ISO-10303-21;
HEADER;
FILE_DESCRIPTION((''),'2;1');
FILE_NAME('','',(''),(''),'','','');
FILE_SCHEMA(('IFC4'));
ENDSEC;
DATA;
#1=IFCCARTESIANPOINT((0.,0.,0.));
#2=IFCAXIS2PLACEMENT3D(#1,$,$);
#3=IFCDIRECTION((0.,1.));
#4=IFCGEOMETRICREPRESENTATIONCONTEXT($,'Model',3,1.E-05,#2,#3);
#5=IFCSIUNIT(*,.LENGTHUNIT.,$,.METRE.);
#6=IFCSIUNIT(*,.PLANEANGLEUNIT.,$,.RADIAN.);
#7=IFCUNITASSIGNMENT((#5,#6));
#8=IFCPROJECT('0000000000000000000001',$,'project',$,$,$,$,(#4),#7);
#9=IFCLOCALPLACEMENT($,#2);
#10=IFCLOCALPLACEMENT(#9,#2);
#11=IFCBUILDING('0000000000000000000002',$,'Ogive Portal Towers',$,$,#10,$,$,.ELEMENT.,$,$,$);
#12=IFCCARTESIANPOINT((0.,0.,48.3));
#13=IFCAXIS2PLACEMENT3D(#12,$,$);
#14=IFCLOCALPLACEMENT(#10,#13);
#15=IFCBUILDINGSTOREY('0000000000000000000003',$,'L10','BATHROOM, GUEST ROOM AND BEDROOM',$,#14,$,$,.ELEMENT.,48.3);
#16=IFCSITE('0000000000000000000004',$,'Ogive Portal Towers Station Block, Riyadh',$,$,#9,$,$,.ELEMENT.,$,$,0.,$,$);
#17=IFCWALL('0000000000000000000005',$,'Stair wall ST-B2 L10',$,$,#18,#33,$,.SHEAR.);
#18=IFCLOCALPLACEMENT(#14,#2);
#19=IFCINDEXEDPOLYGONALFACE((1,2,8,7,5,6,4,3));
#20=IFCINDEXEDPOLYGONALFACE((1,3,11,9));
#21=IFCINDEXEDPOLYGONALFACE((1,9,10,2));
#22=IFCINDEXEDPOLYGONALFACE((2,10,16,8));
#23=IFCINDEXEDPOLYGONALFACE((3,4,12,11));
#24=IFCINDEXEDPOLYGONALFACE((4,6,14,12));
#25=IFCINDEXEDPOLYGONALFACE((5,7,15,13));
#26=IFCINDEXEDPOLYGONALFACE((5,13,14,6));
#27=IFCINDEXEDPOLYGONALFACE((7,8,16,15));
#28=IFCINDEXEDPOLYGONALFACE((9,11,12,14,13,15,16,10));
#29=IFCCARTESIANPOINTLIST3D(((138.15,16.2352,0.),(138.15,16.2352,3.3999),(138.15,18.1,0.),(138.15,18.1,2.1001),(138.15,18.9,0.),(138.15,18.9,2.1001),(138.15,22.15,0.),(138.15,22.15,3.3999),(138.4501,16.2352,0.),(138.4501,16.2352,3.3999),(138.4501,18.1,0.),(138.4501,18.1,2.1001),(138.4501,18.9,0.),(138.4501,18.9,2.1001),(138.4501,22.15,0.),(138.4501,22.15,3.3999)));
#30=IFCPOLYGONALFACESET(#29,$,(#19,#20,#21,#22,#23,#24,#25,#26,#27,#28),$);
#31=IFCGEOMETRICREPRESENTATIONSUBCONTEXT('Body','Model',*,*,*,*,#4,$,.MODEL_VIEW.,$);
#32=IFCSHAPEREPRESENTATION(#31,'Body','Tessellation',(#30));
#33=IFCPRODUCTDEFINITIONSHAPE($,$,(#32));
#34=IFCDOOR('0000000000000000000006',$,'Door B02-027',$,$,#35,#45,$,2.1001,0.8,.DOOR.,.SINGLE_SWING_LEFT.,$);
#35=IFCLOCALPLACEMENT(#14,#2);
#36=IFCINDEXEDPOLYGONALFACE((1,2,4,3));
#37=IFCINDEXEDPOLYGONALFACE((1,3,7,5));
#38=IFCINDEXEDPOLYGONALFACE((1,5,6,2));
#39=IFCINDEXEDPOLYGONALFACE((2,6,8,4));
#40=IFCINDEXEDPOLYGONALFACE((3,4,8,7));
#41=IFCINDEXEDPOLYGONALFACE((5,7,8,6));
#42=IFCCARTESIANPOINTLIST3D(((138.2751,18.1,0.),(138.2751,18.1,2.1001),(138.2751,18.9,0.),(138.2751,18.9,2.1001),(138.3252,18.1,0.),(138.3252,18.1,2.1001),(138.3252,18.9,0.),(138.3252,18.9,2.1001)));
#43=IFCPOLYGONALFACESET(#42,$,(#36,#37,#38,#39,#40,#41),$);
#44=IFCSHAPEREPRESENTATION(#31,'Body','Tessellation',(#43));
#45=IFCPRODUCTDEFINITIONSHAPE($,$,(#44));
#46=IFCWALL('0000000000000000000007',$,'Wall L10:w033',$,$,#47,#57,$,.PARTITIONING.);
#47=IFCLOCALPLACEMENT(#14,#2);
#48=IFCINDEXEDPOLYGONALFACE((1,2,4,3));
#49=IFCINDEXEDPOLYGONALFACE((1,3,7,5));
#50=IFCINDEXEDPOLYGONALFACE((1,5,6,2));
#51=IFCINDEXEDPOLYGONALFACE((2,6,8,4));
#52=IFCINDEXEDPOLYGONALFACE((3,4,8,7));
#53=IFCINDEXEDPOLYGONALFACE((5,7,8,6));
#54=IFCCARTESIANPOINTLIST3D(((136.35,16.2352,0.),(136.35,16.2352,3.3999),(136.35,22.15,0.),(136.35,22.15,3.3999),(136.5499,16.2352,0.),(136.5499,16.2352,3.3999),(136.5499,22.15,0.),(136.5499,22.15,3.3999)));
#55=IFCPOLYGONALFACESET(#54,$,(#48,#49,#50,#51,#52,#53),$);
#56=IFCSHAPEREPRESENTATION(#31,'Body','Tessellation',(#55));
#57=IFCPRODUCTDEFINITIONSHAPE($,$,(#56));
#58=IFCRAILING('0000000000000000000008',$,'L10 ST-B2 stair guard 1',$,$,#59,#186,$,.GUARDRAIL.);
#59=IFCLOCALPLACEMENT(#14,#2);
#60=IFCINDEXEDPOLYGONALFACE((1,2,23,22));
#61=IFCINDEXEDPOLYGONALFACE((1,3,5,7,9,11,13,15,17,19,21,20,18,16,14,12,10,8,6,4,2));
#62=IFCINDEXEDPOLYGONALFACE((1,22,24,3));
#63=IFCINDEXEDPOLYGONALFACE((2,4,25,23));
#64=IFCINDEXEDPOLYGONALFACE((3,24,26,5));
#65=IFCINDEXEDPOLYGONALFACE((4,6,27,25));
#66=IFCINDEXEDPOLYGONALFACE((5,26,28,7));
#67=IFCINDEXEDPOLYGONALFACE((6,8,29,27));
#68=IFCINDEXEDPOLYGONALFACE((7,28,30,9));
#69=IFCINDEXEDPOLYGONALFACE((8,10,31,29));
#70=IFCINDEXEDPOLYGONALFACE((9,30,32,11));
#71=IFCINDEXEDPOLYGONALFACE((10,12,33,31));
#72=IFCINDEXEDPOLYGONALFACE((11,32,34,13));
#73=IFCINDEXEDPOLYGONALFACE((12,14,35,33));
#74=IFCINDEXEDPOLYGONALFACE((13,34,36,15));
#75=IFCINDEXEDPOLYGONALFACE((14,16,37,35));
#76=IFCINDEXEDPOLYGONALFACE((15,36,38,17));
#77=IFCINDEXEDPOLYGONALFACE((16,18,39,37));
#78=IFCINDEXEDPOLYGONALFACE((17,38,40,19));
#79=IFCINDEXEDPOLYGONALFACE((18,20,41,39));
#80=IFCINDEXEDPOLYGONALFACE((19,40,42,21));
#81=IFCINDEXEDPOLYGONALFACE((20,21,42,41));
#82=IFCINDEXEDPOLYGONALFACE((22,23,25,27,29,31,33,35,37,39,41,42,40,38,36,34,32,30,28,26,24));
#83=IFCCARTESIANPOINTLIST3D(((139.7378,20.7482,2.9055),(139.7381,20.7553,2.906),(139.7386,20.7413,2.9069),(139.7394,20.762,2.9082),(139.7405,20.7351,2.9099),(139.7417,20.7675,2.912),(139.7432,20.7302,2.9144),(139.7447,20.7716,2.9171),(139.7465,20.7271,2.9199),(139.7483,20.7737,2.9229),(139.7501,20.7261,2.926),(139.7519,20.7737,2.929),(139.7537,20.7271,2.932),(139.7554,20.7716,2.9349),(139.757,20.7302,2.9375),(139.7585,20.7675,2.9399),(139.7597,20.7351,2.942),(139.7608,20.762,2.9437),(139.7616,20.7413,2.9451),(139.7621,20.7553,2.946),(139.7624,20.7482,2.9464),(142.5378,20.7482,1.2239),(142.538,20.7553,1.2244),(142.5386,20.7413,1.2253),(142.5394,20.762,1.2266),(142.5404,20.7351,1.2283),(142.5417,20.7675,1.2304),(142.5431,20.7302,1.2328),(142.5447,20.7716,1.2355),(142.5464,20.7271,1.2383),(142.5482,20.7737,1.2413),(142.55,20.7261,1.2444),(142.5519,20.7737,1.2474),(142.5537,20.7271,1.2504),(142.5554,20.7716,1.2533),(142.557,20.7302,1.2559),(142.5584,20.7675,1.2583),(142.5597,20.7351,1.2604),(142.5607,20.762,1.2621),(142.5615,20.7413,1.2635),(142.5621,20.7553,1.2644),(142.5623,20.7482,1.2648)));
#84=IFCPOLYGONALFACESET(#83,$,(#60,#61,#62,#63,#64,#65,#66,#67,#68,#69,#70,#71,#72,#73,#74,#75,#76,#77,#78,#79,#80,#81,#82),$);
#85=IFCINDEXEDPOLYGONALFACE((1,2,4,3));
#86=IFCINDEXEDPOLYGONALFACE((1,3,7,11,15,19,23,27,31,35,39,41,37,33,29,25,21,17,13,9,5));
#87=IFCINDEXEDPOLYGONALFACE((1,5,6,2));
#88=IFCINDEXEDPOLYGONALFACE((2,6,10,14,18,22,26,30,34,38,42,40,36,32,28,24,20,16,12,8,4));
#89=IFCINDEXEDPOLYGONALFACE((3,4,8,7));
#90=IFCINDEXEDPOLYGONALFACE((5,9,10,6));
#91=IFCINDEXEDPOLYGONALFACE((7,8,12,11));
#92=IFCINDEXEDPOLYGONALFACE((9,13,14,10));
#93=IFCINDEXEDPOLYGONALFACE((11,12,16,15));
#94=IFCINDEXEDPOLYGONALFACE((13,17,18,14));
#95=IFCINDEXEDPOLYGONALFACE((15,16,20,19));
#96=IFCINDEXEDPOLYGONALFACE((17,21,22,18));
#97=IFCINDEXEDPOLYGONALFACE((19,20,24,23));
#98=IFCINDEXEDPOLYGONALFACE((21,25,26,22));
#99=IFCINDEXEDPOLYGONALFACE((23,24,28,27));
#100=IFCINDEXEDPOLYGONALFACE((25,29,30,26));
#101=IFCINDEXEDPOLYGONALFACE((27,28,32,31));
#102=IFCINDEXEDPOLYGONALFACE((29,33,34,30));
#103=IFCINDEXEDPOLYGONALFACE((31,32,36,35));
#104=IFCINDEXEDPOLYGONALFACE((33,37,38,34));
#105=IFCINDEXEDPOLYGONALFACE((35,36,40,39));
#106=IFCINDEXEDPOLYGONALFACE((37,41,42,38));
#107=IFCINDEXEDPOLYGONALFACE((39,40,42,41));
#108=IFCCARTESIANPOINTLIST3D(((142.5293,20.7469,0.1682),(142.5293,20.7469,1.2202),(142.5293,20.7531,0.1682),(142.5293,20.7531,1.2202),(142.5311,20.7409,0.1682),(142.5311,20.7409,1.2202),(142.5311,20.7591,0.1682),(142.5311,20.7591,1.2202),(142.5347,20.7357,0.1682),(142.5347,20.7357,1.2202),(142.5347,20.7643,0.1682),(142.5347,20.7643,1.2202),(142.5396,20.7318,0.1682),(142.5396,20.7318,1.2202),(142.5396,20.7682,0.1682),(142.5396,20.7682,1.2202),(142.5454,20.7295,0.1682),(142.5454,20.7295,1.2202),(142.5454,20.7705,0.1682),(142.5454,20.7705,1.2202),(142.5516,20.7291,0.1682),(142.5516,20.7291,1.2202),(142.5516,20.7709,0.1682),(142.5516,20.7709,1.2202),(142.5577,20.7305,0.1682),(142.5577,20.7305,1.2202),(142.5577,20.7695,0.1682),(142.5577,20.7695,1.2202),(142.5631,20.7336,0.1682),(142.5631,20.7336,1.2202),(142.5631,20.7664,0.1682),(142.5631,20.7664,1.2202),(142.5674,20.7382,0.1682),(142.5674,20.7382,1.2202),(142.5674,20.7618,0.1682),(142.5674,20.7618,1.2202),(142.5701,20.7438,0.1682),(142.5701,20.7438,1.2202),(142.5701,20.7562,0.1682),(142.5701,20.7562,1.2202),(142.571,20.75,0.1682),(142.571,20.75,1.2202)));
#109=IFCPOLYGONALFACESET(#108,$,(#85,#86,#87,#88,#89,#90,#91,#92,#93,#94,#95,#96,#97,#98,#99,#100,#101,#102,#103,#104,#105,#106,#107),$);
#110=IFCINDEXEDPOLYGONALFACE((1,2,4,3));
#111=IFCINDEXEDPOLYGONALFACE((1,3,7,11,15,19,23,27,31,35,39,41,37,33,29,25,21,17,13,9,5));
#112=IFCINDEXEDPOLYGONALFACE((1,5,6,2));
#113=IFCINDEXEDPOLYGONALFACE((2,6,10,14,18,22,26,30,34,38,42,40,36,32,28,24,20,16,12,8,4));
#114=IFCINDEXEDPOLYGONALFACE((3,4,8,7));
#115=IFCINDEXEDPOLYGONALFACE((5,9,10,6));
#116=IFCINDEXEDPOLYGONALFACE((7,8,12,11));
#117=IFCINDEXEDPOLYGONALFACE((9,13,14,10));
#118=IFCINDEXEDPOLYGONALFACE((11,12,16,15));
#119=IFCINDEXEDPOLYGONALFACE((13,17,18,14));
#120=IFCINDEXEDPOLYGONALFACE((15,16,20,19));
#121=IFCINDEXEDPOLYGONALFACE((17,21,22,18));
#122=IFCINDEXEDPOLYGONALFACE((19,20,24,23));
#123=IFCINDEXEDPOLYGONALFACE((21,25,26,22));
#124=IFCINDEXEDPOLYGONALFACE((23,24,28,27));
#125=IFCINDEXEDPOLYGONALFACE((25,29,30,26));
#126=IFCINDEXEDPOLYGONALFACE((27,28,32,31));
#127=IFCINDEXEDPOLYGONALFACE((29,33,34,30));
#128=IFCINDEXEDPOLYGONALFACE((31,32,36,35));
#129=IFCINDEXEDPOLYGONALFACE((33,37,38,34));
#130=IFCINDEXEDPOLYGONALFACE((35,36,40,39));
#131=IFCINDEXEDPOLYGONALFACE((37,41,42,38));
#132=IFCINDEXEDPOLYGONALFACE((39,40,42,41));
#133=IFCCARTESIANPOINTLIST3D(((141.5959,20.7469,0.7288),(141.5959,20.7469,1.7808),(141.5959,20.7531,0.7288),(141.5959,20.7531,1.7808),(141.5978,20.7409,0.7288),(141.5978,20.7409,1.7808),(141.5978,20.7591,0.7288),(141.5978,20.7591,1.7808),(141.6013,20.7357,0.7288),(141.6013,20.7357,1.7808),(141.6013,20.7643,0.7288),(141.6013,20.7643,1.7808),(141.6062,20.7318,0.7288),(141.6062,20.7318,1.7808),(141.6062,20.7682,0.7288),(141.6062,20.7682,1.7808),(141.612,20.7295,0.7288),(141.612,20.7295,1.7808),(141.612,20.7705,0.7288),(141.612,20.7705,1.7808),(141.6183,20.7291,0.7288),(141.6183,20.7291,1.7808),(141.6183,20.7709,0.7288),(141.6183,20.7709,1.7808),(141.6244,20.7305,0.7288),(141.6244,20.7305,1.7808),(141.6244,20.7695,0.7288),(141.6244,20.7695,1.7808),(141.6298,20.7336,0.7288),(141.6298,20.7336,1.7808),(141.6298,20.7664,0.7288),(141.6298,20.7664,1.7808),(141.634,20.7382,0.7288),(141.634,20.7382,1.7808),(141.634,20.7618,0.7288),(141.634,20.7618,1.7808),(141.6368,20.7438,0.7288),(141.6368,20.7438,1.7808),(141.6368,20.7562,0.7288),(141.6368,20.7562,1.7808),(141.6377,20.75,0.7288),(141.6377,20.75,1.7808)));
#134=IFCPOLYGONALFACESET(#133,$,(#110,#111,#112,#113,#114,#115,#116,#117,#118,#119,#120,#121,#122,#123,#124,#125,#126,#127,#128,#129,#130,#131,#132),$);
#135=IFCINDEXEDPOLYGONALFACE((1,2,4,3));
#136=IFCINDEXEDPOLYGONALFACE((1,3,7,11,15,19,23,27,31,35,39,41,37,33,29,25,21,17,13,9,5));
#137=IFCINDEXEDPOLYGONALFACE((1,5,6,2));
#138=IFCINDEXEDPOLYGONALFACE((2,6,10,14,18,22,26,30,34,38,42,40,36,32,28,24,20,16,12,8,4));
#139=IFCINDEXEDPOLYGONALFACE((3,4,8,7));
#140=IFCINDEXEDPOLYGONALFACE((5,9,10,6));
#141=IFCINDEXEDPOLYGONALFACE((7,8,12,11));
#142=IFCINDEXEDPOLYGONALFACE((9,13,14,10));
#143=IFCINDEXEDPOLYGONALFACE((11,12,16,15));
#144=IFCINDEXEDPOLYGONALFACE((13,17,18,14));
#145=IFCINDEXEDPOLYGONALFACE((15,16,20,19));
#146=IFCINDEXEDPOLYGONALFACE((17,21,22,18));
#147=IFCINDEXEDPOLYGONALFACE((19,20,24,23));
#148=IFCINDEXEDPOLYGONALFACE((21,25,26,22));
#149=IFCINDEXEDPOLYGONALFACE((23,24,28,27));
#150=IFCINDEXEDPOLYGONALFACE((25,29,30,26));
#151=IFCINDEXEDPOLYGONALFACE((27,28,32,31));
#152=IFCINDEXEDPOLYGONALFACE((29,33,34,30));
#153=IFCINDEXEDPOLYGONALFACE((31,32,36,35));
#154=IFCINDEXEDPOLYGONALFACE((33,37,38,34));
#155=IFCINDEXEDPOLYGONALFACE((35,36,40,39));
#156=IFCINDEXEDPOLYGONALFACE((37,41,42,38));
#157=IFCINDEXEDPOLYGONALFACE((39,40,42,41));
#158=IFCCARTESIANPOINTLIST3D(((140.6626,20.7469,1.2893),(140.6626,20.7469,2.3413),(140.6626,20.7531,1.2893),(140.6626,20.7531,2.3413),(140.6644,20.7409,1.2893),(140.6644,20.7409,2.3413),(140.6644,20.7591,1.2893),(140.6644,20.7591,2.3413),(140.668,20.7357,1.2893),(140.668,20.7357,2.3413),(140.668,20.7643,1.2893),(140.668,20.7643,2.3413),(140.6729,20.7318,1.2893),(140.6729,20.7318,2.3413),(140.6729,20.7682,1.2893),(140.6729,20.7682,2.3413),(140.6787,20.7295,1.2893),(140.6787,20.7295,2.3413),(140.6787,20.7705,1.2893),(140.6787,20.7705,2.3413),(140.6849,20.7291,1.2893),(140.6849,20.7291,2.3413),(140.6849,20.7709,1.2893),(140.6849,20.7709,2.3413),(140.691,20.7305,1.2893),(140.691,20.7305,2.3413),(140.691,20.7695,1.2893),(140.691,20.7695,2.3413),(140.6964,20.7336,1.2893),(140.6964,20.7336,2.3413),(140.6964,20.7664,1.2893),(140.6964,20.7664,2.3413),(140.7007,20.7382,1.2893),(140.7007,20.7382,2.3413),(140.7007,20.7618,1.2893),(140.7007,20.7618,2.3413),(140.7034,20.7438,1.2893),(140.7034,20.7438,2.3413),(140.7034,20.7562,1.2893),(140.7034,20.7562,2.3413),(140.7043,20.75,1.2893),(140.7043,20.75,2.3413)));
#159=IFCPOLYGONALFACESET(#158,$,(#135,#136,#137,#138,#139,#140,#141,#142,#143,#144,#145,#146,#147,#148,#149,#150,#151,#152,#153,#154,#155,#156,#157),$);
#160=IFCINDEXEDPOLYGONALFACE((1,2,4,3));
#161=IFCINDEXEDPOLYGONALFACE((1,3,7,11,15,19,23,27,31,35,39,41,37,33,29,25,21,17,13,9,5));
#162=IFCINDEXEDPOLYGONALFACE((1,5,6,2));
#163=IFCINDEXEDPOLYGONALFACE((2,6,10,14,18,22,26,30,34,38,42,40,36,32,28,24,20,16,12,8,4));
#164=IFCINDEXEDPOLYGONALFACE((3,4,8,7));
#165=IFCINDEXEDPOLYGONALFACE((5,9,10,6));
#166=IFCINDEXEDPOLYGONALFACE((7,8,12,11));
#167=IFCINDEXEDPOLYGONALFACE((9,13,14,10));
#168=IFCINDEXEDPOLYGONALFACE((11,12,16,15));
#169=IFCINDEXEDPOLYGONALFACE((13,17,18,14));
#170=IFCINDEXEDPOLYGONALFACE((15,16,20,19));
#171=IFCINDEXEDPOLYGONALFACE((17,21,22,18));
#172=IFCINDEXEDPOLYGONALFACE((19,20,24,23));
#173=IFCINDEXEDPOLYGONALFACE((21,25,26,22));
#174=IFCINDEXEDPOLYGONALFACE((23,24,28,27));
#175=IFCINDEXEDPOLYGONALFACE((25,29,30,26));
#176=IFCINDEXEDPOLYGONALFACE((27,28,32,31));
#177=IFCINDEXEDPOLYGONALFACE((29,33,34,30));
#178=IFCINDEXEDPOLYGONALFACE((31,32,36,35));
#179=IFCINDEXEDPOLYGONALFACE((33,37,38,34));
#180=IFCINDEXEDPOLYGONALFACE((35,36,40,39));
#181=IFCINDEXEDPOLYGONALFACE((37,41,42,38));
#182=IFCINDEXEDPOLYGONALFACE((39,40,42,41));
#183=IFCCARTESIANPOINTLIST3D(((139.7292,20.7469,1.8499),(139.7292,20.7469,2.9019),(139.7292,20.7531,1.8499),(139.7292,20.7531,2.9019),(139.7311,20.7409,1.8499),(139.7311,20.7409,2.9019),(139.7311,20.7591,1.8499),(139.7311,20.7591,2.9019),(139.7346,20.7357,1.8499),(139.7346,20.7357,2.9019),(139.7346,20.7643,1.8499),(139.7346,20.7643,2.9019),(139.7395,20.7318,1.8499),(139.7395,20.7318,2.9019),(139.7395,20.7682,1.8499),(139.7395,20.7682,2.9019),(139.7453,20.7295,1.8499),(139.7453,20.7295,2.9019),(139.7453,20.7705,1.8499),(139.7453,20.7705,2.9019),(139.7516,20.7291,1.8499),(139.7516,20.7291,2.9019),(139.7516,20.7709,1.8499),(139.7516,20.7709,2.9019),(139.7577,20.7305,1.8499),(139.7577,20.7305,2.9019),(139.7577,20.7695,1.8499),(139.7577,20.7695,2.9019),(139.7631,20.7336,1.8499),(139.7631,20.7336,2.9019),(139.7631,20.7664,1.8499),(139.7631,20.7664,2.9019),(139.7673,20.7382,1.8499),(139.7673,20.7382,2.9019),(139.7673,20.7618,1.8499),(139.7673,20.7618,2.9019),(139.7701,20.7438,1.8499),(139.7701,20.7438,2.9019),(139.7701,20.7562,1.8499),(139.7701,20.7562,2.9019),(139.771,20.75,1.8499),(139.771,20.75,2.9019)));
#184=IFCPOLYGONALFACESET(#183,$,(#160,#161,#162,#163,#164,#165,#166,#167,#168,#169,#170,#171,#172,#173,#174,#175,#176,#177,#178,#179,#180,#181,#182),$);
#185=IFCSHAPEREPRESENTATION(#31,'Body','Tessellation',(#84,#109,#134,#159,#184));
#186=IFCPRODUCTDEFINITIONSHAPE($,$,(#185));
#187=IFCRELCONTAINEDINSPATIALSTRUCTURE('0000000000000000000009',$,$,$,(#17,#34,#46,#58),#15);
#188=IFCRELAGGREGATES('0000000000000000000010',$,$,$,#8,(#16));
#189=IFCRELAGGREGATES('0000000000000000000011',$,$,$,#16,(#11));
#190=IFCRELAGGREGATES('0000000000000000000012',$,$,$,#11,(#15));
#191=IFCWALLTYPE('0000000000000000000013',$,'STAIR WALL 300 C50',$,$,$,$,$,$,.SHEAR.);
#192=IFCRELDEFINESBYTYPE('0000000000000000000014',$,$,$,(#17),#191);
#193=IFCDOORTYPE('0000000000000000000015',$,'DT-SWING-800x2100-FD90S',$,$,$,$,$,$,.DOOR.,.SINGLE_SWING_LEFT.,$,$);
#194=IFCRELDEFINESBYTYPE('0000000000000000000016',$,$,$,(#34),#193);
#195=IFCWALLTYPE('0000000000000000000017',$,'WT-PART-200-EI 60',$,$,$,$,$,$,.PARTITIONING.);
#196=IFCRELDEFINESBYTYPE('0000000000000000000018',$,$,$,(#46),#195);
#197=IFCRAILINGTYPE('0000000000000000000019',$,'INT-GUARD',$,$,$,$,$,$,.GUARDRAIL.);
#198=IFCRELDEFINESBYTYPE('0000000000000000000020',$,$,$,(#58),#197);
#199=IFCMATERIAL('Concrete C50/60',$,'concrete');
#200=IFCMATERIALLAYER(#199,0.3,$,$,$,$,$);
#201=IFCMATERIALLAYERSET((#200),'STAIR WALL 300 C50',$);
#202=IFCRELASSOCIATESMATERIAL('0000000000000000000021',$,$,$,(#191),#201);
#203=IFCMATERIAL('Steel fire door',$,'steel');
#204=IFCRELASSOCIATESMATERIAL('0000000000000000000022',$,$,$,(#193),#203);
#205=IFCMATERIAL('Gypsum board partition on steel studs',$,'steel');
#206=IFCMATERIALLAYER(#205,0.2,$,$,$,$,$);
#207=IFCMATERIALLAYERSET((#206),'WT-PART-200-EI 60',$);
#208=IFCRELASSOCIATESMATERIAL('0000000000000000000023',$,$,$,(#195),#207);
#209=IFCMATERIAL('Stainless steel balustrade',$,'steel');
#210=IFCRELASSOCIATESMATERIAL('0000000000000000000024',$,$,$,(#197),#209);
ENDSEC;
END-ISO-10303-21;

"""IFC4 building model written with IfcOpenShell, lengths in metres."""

from ifc_helpers import new_model, si_unit, direction, frame, frame_2d, origin, origin_2d, place, context, subcontext, project, spatial, rectangle, circle, extrude, material, layer, layer_set, type_object, element, fill, save


model = new_model("IFC4")

# Units and contexts
model_context = context("Model", 3, precision=1e-05, world=origin(), true_north=direction((0.0, 1.0)))
body_context = subcontext(model_context, "Body", "Model", "MODEL_VIEW")
ifc_project = project(units=[si_unit("LENGTHUNIT", "METRE"), si_unit("PLANEANGLEUNIT", "RADIAN")], contexts=[model_context])

# Site, building, storey
site_placement = place(None, origin())
site = spatial("IfcSite", under=ifc_project, at=site_placement, Name="Ogive Portal Towers Station Block, Riyadh", CompositionType="ELEMENT", RefElevation=0.0)
building_placement = place(site_placement, origin())
building = spatial("IfcBuilding", under=site, at=building_placement, Name="Ogive Portal Towers", CompositionType="ELEMENT")
storey_placement = place(building_placement, frame((0.0, 0.0, 48.3)))
storey = spatial("IfcBuildingStorey", under=building, at=storey_placement, Name="L10", Description="BATHROOM, GUEST ROOM AND BEDROOM", CompositionType="ELEMENT", Elevation=48.3)

# Shared definitions
ifc_material_1 = material(Name="Concrete C50/60", Category="concrete")

# Shared definitions
ifc_material_2 = material(Name="Steel fire door", Category="steel")

# Shared definitions
ifc_layer_1 = layer(ifc_material_1, 0.3)
ifc_layer_set_1 = layer_set([ifc_layer_1], Name="STAIR WALL 300 C50")
wall_type_1 = type_object("IfcWallType", Name="STAIR WALL 300 C50", PredefinedType="SHEAR", material=ifc_layer_set_1)

# Wall, opening, door
wall_1_placement = place(storey_placement, frame((138.3, 16.2351, 0.0), z_axis=(0.0, 0.0, 1.0), x_axis=(0.0, 1.0, 0.0)))
wall_1 = element("IfcWall", 1, at=wall_1_placement, inside=storey, type_object=wall_type_1, Name="Stair wall ST-B2 L10", PredefinedType="SHEAR", context=body_context, shape_type="SweptSolid", body=[
    extrude(rectangle(XDim=5.9148, YDim=0.3, at=frame_2d((2.9575, 0.0))), origin(), (0.0, 0.0, 1.0), 3.3999),
])
opening_1_placement = place(wall_1_placement, frame((1.865, 0.0, 0.0)))
opening_1 = element("IfcOpeningElement", 2, at=opening_1_placement, cuts=wall_1, PredefinedType="OPENING", context=body_context, shape_type="SweptSolid", body=[
    extrude(rectangle(XDim=0.8, YDim=2.1001, at=frame_2d((0.3999, 1.05))), frame((0.0, 0.1602, 0.0), z_axis=(0.0, -1.0, 0.0), x_axis=(1.0, 0.0, 0.0)), (0.0, 0.0, 1.0), 0.3201),
])
door_type_1 = type_object("IfcDoorType", Name="DT-SWING-800x2100-FD90S", OperationType="SINGLE_SWING_LEFT", PredefinedType="DOOR", material=ifc_material_2)
door_1_placement = place(opening_1_placement, origin())
door_1 = element("IfcDoor", 3, at=door_1_placement, inside=storey, type_object=door_type_1, Name="Door B02-027", OperationType="SINGLE_SWING_LEFT", OverallHeight=2.1001, OverallWidth=0.8, PredefinedType="DOOR", context=body_context, shape_type="SweptSolid", body=[
    extrude(rectangle(XDim=0.8, YDim=2.1001, at=frame_2d((0.3999, 1.05))), frame((0.0, 0.0249, 0.0), z_axis=(0.0, -1.0, 0.0), x_axis=(1.0, 0.0, 0.0)), (0.0, 0.0, 1.0), 0.05),
])
fill(opening_1, door_1)

# Wall
ifc_material_3 = material(Name="Gypsum board partition on steel studs", Category="steel")
ifc_layer_2 = layer(ifc_material_3, 0.2)
ifc_layer_set_2 = layer_set([ifc_layer_2], Name="WT-PART-200-EI 60")
wall_type_2 = type_object("IfcWallType", Name="WT-PART-200-EI 60", PredefinedType="PARTITIONING", material=ifc_layer_set_2)
wall_2_placement = place(storey_placement, frame((136.45, 16.2351, 0.0), z_axis=(0.0, 0.0, 1.0), x_axis=(0.0, 1.0, 0.0)))
element("IfcWall", 4, at=wall_2_placement, inside=storey, type_object=wall_type_2, Name="Wall L10:w033", PredefinedType="PARTITIONING", context=body_context, shape_type="SweptSolid", body=[
    extrude(rectangle(XDim=5.9148, YDim=0.2, at=frame_2d((2.9575, 0.0))), origin(), (0.0, 0.0, 1.0), 3.3999),
])

# Railing
ifc_material_4 = material(Name="Stainless steel balustrade", Category="steel")
railing_type_1 = type_object("IfcRailingType", Name="INT-GUARD", PredefinedType="GUARDRAIL", material=ifc_material_4)
railing_1_placement = place(storey_placement, frame((142.55, 20.75, 0.1682)))
element("IfcRailing", 5, at=railing_1_placement, inside=storey, type_object=railing_type_1, Name="L10 ST-B2 stair guard 1", PredefinedType="GUARDRAIL", context=body_context, shape_type="SweptSolid", body=[
    extrude(circle(Radius=0.0239, at=origin_2d()), frame((0.0, 0.0, 1.0762), z_axis=(-0.857275, 0.0, 0.514858), x_axis=(0.0, -1.0, 0.0)), (0.0, 0.0, 1.0), 3.2661),
    extrude(circle(Radius=0.021, at=origin_2d()), origin(), (0.0, 0.0, 1.0), 1.052),
    extrude(circle(Radius=0.021, at=origin_2d()), frame((-0.9333, 0.0, 0.5605)), (0.0, 0.0, 1.0), 1.052),
    extrude(circle(Radius=0.021, at=origin_2d()), frame((-1.8667, 0.0, 1.1211)), (0.0, 0.0, 1.0), 1.052),
    extrude(circle(Radius=0.021, at=origin_2d()), frame((-2.8, 0.0, 1.6816)), (0.0, 0.0, 1.0), 1.052),
])

save(model, "model.ifc")
